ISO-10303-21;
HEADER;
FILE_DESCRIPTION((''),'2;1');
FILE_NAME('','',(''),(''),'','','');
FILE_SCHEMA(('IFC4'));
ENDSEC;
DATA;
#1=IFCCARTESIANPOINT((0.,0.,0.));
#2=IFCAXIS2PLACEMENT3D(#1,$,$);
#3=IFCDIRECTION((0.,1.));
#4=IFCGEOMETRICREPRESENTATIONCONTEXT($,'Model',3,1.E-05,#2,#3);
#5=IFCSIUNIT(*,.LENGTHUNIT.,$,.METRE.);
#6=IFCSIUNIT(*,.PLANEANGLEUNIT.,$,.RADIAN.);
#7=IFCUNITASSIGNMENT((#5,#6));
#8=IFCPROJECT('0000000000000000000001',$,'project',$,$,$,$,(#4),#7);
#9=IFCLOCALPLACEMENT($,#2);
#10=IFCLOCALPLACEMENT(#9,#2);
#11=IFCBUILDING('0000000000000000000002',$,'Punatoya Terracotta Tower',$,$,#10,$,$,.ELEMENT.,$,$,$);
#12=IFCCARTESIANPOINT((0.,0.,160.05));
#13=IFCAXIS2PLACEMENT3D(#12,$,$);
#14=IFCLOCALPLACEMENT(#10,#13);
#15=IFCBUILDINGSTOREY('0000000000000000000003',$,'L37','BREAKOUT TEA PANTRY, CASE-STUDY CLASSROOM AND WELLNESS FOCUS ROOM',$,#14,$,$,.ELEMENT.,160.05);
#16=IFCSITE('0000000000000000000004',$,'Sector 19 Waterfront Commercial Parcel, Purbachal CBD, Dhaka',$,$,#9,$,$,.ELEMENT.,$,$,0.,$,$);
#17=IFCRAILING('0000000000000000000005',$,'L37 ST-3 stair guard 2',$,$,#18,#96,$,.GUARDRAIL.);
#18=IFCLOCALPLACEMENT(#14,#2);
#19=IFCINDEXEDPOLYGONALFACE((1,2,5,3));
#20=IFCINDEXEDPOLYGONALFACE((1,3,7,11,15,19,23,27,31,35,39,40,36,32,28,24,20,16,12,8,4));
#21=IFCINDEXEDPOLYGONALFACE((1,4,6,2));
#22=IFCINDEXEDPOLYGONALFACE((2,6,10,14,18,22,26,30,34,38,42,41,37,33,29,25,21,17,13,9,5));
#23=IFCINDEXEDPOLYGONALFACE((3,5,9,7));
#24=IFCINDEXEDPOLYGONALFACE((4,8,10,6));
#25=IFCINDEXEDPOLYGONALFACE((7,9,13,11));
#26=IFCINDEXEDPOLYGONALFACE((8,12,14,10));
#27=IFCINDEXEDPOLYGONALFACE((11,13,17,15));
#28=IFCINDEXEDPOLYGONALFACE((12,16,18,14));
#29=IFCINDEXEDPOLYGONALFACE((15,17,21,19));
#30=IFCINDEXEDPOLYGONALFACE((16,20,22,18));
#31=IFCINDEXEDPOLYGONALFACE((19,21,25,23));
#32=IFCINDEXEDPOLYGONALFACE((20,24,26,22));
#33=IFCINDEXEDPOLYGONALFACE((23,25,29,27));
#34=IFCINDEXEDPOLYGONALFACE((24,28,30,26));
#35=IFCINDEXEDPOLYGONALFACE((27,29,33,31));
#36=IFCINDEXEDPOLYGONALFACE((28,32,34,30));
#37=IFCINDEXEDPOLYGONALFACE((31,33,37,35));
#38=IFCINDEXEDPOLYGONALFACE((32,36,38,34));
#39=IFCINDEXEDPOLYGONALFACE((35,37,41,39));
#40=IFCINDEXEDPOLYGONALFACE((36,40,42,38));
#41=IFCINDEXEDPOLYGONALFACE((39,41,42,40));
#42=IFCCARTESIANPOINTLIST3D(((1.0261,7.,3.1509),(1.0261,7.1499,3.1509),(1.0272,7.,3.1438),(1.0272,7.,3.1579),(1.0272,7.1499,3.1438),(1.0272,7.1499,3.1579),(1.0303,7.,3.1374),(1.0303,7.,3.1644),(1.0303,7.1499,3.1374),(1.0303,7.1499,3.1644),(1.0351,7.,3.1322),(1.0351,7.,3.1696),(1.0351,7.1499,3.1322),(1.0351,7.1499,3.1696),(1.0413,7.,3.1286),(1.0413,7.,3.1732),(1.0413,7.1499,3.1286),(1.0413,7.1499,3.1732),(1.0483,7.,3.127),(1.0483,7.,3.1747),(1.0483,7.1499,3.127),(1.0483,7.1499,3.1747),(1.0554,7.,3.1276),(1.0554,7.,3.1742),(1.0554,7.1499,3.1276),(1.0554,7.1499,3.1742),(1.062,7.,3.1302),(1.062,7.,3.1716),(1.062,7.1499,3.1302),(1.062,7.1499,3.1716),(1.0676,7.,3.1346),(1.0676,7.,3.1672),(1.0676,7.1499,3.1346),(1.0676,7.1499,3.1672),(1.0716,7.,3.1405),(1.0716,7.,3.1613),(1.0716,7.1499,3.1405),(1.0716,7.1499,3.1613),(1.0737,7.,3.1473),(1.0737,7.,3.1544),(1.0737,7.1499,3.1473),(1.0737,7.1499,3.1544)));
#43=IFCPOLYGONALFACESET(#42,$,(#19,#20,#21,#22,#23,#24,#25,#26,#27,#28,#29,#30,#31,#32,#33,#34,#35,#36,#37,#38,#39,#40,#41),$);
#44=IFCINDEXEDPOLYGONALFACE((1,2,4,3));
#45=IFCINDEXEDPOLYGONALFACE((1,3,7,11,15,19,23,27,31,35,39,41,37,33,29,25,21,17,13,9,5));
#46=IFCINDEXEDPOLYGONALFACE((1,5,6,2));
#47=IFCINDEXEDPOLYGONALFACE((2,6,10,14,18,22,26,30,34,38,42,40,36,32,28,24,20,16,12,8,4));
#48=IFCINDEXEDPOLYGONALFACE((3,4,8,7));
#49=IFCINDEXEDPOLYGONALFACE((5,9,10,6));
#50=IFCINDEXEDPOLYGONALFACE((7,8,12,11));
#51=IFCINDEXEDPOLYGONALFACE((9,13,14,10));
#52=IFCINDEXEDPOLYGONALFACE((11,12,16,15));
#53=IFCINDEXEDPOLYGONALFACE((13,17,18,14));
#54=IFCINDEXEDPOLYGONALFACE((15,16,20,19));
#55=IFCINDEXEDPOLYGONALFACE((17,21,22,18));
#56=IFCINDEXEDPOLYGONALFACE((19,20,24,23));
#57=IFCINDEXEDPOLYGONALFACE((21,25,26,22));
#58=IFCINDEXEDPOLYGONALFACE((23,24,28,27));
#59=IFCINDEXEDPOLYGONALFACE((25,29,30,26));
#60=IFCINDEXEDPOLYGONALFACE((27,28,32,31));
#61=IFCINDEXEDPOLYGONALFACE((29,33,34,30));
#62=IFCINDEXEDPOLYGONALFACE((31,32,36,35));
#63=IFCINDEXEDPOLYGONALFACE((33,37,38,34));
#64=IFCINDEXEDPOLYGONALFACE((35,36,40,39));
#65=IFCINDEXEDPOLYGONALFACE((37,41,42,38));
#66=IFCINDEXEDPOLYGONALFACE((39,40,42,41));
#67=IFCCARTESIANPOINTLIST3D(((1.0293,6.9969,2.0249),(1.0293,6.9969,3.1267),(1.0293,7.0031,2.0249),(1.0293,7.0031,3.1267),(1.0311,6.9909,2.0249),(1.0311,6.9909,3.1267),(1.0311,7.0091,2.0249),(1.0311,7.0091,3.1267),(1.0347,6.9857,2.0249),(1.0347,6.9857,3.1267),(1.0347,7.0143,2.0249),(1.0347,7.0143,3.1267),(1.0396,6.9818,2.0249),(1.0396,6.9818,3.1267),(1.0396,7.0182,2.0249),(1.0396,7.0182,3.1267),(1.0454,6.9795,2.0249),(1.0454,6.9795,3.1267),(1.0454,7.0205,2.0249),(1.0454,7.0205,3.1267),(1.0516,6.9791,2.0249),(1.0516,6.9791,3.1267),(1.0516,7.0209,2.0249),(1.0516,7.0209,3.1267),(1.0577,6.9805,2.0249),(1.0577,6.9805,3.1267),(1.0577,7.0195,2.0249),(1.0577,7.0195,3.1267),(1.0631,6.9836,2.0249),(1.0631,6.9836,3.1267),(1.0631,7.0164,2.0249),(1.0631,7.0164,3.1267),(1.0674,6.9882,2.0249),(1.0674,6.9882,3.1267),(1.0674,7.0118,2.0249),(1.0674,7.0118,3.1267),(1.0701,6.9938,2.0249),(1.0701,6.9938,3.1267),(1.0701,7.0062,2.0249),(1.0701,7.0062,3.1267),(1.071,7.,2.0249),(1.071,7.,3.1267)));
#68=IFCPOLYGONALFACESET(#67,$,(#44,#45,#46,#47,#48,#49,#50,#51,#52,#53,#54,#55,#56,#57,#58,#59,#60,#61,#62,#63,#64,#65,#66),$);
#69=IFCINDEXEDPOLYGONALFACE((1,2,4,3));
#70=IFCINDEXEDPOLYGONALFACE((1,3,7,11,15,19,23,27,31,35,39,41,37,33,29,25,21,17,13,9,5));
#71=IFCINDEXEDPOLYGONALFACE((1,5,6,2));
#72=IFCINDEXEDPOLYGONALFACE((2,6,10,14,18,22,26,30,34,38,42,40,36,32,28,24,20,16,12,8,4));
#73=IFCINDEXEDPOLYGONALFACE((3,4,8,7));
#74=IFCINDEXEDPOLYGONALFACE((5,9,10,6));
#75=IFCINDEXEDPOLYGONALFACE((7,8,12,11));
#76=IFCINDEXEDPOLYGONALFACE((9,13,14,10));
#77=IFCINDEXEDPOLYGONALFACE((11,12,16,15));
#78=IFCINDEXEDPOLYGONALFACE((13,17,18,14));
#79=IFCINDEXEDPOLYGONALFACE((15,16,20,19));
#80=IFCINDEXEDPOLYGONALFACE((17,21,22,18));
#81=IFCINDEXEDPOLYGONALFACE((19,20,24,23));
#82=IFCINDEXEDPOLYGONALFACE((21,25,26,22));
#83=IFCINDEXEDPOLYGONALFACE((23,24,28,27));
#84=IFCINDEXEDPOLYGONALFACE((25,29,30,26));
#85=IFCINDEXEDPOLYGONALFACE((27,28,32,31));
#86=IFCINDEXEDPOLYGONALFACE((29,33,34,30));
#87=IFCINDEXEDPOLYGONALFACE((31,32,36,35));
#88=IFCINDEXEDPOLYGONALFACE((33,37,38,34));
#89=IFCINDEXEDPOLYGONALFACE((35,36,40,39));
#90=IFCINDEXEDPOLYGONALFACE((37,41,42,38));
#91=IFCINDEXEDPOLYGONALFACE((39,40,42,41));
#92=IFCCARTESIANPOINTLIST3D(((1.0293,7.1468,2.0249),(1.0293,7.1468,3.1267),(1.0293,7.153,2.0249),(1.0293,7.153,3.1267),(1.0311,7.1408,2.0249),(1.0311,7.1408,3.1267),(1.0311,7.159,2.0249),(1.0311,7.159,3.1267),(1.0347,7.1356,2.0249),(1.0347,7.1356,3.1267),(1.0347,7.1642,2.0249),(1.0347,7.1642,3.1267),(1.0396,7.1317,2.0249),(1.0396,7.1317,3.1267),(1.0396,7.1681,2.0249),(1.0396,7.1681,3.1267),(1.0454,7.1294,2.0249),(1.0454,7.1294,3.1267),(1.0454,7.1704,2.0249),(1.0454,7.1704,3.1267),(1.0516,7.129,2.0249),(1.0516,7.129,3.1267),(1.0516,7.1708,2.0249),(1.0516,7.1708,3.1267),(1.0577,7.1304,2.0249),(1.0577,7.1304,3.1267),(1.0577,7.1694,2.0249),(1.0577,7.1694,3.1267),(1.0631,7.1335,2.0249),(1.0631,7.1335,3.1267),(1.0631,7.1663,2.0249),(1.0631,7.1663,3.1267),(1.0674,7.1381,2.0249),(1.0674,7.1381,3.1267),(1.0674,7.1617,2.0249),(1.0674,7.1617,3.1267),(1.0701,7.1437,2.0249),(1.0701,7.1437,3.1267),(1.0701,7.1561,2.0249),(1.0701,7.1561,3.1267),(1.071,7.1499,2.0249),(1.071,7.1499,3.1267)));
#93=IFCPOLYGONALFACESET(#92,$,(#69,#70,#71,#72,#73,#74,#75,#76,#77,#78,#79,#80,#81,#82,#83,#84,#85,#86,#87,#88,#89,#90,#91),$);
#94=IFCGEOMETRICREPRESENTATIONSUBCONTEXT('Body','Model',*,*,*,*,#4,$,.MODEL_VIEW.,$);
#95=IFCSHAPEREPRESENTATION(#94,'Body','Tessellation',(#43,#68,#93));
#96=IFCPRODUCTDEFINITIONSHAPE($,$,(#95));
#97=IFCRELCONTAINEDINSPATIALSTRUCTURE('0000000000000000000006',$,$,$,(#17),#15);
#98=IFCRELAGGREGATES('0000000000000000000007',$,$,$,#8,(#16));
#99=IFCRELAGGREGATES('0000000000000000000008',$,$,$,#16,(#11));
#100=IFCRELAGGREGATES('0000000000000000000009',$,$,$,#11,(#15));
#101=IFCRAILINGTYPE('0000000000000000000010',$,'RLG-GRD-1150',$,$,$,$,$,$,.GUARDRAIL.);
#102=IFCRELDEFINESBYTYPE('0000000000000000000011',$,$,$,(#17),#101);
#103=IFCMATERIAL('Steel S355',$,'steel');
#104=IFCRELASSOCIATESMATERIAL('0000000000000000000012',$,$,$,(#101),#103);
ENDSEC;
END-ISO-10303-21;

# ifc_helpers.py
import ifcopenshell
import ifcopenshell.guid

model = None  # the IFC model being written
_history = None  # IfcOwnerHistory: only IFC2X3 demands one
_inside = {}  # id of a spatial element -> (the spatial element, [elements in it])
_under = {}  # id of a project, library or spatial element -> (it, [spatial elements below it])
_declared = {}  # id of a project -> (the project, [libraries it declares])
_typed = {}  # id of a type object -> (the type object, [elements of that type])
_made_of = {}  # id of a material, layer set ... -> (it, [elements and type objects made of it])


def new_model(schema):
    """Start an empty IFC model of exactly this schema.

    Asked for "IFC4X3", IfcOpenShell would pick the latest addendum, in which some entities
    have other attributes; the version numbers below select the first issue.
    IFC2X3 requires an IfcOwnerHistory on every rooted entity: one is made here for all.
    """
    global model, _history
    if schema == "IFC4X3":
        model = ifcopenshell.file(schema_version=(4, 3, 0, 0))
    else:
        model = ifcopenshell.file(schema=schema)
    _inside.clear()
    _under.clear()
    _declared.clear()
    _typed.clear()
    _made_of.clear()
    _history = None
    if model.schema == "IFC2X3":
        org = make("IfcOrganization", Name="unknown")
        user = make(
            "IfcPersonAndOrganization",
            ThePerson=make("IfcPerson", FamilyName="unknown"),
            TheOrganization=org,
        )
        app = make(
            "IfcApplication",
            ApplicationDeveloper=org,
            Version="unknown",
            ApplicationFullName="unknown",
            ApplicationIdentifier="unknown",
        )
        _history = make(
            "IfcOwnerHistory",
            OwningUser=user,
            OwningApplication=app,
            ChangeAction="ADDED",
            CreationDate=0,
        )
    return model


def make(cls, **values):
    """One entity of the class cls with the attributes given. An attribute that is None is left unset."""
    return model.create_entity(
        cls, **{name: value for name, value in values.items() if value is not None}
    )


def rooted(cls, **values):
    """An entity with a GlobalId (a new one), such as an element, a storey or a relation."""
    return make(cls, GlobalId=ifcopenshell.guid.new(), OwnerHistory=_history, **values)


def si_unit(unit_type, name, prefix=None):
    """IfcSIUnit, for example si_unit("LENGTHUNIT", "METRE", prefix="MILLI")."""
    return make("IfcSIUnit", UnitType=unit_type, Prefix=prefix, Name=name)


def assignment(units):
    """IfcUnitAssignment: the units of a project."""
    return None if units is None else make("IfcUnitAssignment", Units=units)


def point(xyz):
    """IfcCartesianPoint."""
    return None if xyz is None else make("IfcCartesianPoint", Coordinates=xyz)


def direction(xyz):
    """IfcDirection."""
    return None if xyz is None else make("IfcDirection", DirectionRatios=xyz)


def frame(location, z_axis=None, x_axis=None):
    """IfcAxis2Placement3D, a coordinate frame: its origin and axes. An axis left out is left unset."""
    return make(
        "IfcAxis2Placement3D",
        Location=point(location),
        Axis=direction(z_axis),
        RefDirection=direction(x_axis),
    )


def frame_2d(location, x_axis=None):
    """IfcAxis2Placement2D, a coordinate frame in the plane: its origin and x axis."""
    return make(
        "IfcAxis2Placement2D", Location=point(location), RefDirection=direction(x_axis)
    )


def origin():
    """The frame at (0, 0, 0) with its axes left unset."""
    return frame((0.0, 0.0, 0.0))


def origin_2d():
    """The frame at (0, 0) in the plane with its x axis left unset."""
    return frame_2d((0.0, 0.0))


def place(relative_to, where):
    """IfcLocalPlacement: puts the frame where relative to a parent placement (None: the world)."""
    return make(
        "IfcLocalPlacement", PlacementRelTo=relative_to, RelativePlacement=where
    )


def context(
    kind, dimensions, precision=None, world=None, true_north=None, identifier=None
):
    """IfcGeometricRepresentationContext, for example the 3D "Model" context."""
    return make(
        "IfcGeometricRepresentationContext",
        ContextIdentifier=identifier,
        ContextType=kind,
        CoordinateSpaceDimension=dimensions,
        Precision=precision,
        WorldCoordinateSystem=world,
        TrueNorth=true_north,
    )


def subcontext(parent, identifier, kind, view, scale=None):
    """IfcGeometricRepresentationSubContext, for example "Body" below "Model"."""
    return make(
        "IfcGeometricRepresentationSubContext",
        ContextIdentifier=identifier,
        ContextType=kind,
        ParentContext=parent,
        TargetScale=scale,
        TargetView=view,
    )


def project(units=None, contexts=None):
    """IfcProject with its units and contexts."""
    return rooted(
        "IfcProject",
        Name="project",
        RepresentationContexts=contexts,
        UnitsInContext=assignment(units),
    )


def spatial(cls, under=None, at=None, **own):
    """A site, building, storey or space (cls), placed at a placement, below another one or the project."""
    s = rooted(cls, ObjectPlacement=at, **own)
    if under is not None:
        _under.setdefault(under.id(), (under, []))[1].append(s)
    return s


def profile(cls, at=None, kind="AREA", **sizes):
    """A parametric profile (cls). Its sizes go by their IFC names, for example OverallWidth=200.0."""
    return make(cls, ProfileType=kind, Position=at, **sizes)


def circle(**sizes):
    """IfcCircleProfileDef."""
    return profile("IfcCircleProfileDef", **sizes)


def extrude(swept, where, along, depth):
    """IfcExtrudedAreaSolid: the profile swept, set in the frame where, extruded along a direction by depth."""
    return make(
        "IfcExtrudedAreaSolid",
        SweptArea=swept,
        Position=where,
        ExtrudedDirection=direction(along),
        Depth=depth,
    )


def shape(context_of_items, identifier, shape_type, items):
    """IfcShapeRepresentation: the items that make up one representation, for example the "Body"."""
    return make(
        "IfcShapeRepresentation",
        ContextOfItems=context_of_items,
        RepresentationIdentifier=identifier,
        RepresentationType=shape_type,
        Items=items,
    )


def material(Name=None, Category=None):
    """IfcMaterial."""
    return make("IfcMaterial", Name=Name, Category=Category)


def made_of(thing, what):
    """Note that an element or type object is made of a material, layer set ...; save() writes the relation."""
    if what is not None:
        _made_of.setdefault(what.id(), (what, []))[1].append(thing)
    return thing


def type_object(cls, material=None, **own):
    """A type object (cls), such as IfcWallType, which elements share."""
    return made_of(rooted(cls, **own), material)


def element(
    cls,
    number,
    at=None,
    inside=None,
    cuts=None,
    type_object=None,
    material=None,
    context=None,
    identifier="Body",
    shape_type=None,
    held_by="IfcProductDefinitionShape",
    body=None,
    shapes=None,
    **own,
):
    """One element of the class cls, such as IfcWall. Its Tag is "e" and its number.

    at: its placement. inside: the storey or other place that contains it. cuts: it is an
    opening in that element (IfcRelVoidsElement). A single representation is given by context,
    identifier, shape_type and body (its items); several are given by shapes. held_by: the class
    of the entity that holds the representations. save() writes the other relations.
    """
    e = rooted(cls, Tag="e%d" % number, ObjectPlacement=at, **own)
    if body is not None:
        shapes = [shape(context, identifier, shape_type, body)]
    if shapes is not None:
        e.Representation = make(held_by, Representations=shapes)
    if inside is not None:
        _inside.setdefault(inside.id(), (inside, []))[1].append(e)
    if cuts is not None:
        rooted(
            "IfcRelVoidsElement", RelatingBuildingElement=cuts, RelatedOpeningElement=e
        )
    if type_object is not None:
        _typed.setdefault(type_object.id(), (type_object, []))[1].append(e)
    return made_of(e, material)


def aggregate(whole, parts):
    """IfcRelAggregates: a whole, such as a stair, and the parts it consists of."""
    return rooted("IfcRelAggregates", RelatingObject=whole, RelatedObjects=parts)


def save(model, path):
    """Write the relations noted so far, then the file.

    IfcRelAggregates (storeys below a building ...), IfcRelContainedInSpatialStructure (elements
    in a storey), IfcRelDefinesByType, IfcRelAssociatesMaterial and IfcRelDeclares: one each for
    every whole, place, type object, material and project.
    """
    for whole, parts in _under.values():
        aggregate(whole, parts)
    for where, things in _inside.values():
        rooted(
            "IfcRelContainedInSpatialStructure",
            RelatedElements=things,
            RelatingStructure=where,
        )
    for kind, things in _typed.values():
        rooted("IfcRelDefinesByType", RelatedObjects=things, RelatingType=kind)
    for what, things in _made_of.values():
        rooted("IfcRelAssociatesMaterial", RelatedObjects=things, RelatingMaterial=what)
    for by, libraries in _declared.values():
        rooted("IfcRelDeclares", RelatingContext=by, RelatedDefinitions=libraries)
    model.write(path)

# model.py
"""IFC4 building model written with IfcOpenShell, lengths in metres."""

from ifc_helpers import new_model, si_unit, direction, frame, origin, origin_2d, place, context, subcontext, project, spatial, circle, extrude, material, type_object, element, save


model = new_model("IFC4")

# Units and contexts
model_context = context("Model", 3, precision=1e-05, world=origin(), true_north=direction((0.0, 1.0)))
body_context = subcontext(model_context, "Body", "Model", "MODEL_VIEW")
ifc_project = project(units=[si_unit("LENGTHUNIT", "METRE"), si_unit("PLANEANGLEUNIT", "RADIAN")], contexts=[model_context])

# Site, building, storey
site_placement = place(None, origin())
site = spatial("IfcSite", under=ifc_project, at=site_placement, Name="Sector 19 Waterfront Commercial Parcel, Purbachal CBD, Dhaka", CompositionType="ELEMENT", RefElevation=0.0)
building_placement = place(site_placement, origin())
building = spatial("IfcBuilding", under=site, at=building_placement, Name="Punatoya Terracotta Tower", CompositionType="ELEMENT")
storey_placement = place(building_placement, frame((0.0, 0.0, 160.05)))
storey = spatial("IfcBuildingStorey", under=building, at=storey_placement, Name="L37", Description="BREAKOUT TEA PANTRY, CASE-STUDY CLASSROOM AND WELLNESS FOCUS ROOM", CompositionType="ELEMENT", Elevation=160.05)

# Shared definitions
ifc_material_1 = material(Name="Steel S355", Category="steel")

# Railing
railing_type_1 = type_object("IfcRailingType", Name="RLG-GRD-1150", PredefinedType="GUARDRAIL", material=ifc_material_1)
railing_1_placement = place(storey_placement, frame((1.05, 7.0, 2.0249)))
element("IfcRailing", 1, at=railing_1_placement, inside=storey, type_object=railing_type_1, Name="L37 ST-3 stair guard 2", PredefinedType="GUARDRAIL", context=body_context, shape_type="SweptSolid", body=[
    extrude(circle(Radius=0.0239, at=origin_2d()), frame((0.0, 0.0, 1.126), z_axis=(0.0, 1.0, 0.0), x_axis=(-1.0, 0.0, 0.0)), (0.0, 0.0, 1.0), 0.1499),
    extrude(circle(Radius=0.021, at=origin_2d()), origin(), (0.0, 0.0, 1.0), 1.1018),
    extrude(circle(Radius=0.021, at=origin_2d()), frame((0.0, 0.1499, 0.0)), (0.0, 0.0, 1.0), 1.1018),
])

save(model, "model.ifc")
